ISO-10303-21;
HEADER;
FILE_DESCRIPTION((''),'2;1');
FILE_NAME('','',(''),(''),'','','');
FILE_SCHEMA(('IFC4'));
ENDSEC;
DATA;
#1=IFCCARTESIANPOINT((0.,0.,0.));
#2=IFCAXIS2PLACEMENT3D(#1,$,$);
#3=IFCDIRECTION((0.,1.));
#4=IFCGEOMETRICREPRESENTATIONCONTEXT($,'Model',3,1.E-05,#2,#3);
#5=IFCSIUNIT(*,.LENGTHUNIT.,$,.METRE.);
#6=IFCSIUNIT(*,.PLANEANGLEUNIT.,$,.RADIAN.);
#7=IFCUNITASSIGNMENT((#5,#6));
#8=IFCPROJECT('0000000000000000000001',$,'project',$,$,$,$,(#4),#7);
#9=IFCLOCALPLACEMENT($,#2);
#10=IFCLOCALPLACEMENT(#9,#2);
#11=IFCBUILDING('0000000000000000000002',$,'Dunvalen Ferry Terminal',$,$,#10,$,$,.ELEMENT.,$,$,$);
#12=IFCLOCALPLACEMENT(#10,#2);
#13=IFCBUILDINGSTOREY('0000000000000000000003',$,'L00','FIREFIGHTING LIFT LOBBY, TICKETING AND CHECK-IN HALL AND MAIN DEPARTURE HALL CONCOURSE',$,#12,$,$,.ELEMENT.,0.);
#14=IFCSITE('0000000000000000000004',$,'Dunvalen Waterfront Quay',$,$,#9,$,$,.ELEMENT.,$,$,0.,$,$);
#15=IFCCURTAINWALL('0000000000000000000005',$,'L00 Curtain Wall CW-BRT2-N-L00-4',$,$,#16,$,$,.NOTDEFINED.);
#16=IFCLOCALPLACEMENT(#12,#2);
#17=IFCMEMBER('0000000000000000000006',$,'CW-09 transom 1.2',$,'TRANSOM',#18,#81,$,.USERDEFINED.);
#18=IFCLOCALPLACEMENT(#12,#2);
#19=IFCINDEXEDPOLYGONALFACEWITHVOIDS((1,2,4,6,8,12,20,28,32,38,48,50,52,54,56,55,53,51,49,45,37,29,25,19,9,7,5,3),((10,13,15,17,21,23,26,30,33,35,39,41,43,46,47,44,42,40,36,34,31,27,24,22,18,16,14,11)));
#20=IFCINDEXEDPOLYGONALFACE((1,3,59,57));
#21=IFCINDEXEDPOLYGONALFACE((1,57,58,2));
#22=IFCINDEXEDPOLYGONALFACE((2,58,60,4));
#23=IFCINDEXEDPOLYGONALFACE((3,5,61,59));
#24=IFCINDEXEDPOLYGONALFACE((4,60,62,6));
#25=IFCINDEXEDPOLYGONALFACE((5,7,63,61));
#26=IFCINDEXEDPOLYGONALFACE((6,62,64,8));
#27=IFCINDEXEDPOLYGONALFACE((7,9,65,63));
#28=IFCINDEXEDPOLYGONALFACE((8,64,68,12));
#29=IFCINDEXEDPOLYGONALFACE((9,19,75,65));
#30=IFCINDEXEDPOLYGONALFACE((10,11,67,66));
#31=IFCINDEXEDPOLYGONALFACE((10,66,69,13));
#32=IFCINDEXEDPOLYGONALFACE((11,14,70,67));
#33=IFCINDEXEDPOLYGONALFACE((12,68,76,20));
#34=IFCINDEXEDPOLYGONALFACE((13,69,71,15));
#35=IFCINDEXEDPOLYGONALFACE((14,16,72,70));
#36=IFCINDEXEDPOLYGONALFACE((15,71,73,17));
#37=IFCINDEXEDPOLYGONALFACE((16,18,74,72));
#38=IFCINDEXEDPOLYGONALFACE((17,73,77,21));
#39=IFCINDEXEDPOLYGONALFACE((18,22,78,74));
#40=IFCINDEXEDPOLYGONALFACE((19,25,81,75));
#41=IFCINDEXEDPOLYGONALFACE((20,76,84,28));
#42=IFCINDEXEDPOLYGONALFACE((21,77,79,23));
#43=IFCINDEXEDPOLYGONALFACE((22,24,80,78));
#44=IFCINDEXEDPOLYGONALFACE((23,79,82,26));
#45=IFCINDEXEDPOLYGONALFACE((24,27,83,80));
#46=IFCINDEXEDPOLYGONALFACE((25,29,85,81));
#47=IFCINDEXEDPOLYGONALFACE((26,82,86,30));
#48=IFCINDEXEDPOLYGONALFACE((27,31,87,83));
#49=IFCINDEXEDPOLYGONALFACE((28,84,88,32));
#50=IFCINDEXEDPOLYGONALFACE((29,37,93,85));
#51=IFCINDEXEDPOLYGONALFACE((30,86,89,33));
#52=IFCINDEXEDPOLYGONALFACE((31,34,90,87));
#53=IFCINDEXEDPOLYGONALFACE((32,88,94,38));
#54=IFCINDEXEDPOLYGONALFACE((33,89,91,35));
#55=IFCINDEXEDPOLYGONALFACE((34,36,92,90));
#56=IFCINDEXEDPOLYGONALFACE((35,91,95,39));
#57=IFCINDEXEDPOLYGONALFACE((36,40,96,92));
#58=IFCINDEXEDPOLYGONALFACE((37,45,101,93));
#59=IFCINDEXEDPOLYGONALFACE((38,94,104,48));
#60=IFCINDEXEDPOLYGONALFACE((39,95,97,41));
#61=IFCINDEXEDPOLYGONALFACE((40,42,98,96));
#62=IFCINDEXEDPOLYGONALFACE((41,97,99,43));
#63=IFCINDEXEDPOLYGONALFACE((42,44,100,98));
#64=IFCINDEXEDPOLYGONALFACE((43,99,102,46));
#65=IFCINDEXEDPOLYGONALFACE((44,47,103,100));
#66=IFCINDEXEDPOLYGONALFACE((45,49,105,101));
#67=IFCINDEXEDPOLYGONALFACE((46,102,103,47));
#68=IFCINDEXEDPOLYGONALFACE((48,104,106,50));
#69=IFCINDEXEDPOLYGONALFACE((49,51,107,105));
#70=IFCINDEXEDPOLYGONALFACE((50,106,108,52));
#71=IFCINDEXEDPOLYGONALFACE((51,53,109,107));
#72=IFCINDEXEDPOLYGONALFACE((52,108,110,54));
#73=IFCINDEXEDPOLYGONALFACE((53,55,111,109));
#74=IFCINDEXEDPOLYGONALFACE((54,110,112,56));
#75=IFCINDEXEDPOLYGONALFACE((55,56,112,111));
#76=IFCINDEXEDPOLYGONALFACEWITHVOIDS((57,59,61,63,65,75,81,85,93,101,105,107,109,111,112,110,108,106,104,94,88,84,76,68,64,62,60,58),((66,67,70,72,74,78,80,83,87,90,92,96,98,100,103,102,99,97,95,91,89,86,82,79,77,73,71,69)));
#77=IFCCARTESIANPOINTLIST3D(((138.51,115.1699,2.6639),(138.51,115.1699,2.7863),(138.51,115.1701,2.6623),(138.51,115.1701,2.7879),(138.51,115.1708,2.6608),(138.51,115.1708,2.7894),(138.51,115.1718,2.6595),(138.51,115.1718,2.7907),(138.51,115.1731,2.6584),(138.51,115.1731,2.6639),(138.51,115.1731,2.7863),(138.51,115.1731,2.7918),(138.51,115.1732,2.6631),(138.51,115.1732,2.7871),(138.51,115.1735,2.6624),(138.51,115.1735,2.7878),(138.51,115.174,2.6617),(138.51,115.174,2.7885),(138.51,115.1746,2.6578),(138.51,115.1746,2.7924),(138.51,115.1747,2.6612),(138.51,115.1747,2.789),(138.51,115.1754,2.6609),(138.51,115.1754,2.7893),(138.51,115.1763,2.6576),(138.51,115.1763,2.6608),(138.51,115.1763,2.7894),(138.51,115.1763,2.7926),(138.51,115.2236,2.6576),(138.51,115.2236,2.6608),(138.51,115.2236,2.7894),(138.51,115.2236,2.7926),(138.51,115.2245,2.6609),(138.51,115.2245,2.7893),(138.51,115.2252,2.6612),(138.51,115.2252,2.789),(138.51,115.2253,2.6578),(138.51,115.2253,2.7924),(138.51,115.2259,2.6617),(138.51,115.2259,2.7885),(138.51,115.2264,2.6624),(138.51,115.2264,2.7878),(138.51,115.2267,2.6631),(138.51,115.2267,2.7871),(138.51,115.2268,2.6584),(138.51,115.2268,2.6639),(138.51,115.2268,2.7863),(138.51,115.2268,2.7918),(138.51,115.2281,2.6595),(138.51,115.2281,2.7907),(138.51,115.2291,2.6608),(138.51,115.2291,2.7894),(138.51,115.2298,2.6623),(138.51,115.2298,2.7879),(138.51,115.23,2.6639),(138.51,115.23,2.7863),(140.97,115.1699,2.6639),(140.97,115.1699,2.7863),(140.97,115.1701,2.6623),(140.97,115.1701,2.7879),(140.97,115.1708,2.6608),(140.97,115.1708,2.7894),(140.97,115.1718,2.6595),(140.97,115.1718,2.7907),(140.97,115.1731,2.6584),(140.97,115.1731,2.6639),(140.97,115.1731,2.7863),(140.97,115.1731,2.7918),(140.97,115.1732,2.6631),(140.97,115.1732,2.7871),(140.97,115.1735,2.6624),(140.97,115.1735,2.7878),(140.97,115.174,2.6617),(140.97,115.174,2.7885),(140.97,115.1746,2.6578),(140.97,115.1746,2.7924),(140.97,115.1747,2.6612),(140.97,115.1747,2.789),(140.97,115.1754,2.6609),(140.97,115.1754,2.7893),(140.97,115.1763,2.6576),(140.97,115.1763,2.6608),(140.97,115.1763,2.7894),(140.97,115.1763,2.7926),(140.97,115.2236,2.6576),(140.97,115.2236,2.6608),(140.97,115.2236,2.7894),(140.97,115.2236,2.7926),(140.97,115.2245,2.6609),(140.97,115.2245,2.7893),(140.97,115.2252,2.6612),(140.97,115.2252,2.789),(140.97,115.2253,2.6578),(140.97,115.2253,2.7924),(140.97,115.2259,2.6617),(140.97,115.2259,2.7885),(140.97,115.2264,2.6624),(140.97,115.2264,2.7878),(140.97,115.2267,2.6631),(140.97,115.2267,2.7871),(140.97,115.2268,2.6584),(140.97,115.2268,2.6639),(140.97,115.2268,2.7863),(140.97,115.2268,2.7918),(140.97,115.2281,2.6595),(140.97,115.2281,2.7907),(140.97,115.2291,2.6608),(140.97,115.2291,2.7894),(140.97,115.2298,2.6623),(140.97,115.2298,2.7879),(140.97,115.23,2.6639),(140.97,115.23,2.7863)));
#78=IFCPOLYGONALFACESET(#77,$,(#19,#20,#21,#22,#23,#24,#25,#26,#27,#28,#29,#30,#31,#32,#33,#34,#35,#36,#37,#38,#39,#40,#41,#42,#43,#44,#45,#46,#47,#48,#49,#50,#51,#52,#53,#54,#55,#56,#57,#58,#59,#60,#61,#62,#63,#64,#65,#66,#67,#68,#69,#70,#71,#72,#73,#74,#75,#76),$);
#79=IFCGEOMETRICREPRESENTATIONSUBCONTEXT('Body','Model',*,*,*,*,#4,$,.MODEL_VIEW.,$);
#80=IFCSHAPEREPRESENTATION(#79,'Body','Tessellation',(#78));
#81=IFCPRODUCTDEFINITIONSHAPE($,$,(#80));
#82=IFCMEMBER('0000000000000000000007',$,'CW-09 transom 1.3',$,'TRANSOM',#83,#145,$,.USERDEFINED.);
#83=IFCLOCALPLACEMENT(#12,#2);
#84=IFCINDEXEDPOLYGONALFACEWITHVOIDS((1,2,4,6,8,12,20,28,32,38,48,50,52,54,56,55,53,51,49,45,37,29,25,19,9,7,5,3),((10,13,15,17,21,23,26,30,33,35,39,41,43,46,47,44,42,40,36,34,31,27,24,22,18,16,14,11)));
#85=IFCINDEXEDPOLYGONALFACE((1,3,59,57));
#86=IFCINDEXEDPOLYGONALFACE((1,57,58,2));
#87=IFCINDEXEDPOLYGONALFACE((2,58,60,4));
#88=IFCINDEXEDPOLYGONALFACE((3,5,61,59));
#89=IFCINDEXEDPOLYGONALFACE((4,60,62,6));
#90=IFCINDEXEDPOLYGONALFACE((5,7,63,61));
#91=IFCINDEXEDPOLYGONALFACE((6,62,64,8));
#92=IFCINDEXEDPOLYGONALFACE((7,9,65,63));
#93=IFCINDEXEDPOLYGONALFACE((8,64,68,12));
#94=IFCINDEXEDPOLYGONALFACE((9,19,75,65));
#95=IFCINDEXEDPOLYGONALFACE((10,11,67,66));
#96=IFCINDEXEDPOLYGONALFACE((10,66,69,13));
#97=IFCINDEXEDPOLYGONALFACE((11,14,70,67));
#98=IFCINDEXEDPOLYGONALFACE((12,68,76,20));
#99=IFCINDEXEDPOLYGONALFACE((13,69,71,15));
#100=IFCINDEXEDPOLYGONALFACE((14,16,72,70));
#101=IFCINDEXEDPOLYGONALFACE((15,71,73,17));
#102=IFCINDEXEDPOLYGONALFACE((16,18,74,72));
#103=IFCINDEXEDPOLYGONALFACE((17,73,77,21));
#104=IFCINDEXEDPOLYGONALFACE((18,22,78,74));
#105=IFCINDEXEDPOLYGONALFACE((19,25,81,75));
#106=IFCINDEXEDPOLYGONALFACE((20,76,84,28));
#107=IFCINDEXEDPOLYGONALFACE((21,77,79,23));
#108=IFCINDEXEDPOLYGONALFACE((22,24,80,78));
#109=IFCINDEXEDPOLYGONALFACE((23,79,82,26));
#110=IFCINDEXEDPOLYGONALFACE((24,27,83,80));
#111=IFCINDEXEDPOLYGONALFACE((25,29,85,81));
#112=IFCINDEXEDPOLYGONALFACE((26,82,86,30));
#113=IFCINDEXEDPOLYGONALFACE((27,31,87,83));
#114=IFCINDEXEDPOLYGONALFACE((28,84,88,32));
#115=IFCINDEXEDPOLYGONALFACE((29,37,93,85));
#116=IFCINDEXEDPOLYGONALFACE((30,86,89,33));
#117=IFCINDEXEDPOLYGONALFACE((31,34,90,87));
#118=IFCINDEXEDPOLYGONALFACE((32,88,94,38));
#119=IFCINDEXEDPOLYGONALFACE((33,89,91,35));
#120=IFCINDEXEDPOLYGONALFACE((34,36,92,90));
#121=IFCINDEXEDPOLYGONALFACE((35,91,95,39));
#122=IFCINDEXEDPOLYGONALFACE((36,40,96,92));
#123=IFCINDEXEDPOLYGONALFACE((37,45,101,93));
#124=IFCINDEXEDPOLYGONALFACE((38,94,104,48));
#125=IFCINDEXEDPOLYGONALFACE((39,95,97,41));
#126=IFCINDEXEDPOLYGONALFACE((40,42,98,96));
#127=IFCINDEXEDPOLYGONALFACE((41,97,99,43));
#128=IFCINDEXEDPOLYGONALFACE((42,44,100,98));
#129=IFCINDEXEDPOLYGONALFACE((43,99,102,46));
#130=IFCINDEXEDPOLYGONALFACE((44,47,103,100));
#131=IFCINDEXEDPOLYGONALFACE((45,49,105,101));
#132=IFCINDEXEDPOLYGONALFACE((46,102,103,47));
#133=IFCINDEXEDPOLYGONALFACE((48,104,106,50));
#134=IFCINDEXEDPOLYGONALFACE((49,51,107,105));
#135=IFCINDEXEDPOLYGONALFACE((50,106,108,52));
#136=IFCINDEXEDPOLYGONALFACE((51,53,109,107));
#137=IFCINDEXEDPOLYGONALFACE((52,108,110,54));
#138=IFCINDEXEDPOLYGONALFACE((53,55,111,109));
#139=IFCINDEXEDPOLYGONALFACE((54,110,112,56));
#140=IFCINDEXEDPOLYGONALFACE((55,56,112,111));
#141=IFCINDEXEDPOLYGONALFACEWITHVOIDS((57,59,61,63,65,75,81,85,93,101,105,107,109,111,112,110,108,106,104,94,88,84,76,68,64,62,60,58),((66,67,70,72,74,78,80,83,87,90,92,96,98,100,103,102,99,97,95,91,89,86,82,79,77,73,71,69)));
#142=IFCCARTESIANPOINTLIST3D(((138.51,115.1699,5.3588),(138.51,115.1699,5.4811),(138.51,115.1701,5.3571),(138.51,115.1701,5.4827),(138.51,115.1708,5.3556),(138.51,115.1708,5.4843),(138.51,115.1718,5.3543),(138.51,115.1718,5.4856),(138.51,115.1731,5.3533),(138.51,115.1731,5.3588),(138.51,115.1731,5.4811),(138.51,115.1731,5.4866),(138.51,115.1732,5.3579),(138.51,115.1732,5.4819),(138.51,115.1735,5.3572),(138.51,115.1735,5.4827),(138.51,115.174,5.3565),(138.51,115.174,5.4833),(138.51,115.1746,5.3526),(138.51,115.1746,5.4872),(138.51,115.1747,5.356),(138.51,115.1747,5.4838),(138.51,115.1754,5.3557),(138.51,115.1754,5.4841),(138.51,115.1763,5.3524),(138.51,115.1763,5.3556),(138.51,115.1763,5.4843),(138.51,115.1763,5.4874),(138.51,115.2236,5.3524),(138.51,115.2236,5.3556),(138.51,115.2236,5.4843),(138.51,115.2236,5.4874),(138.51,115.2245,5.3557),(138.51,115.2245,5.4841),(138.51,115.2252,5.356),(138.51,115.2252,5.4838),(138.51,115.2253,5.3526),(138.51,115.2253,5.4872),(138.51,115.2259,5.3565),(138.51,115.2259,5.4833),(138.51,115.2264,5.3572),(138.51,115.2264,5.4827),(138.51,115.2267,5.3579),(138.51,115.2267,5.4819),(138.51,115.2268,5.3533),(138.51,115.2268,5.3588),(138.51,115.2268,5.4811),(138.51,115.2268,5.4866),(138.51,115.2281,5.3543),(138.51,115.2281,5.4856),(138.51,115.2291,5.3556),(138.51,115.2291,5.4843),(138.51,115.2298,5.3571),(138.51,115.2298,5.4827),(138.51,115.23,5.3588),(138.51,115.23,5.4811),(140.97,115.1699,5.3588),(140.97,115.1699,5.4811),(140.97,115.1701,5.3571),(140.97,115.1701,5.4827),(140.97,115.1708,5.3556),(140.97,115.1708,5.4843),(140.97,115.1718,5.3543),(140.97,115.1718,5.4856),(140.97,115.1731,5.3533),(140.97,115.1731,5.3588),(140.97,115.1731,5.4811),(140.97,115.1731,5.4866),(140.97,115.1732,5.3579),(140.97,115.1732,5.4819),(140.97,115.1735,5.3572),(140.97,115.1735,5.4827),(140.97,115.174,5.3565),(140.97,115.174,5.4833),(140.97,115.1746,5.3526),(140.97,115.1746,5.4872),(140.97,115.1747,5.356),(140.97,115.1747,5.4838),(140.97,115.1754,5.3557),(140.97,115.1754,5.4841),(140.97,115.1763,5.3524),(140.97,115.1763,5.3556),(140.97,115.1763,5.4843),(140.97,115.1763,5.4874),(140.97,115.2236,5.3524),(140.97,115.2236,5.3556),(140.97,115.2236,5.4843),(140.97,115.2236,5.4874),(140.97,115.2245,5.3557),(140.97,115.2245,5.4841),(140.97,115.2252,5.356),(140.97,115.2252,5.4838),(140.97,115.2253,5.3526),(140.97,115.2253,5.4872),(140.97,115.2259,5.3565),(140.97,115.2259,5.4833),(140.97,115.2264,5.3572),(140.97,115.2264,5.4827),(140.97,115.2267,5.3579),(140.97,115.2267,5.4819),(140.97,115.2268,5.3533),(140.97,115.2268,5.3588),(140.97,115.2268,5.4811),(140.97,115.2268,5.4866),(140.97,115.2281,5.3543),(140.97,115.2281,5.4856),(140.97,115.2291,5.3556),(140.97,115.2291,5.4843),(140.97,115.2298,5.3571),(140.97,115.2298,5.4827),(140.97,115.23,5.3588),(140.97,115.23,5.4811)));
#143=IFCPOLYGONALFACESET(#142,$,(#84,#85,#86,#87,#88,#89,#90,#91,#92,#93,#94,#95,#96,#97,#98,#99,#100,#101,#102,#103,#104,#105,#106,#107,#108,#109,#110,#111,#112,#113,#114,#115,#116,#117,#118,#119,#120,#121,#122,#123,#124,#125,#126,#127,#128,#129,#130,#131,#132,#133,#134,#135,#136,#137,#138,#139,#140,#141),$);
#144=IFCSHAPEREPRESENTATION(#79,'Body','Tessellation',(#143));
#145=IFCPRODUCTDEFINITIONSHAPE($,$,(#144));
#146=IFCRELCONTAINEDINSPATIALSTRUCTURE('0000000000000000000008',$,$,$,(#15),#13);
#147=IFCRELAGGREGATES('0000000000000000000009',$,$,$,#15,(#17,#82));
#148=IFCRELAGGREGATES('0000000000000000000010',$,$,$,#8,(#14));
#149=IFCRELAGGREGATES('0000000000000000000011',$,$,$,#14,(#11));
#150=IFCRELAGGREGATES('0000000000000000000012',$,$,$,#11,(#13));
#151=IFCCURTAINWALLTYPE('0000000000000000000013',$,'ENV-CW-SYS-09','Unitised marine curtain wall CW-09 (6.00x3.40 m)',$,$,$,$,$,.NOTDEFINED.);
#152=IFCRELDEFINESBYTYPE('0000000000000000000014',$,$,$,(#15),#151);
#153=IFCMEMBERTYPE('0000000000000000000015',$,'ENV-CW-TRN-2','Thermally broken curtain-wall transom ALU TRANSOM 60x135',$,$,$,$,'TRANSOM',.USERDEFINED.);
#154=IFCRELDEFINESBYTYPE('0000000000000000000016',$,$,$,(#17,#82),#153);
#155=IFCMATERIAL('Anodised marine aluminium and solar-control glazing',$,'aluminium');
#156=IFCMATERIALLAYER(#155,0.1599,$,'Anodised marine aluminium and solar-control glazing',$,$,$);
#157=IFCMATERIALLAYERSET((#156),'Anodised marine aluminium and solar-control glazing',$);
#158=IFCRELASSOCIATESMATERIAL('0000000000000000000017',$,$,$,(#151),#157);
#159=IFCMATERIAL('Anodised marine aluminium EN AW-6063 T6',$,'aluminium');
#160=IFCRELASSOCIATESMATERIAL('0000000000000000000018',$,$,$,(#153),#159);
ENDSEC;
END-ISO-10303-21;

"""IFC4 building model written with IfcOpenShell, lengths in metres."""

from ifc_helpers import new_model, si_unit, direction, frame, origin, origin_2d, place, context, subcontext, project, spatial, hollow_rectangle, extrude, material, layer, layer_set, material_profile, profile_set, type_object, element, aggregate, save


model = new_model("IFC4")

# Units and contexts
model_context = context("Model", 3, precision=1e-05, world=origin(), true_north=direction((0.0, 1.0)))
body_context = subcontext(model_context, "Body", "Model", "MODEL_VIEW")
ifc_project = project(units=[si_unit("LENGTHUNIT", "METRE"), si_unit("PLANEANGLEUNIT", "RADIAN")], contexts=[model_context])

# Site, building, storey
site_placement = place(None, origin())
site = spatial("IfcSite", under=ifc_project, at=site_placement, Name="Dunvalen Waterfront Quay", CompositionType="ELEMENT", RefElevation=0.0)
building_placement = place(site_placement, origin())
building = spatial("IfcBuilding", under=site, at=building_placement, Name="Dunvalen Ferry Terminal", CompositionType="ELEMENT")
storey_placement = place(building_placement, origin())
storey = spatial("IfcBuildingStorey", under=building, at=storey_placement, Name="L00", Description="FIREFIGHTING LIFT LOBBY, TICKETING AND CHECK-IN HALL AND MAIN DEPARTURE HALL CONCOURSE", CompositionType="ELEMENT", Elevation=0.0)

# Curtain wall, members
ifc_material_1 = material(Name="Anodised marine aluminium and solar-control glazing", Category="aluminium")
ifc_layer_1 = layer(ifc_material_1, 0.1599, Name="Anodised marine aluminium and solar-control glazing")
ifc_layer_set_1 = layer_set([ifc_layer_1], Name="Anodised marine aluminium and solar-control glazing")
curtain_wall_type = type_object("IfcCurtainWallType", Name="ENV-CW-SYS-09", Description="Unitised marine curtain wall CW-09 (6.00x3.40 m)", PredefinedType="NOTDEFINED", material=ifc_layer_set_1)
curtain_wall_placement = place(storey_placement, origin())
curtain_wall = element("IfcCurtainWall", 1, at=curtain_wall_placement, inside=storey, type_object=curtain_wall_type, Name="L00 Curtain Wall CW-BRT2-N-L00-4", PredefinedType="NOTDEFINED")
ifc_material_2 = material(Name="Anodised marine aluminium EN AW-6063 T6", Category="aluminium")
ifc_material_profile_1 = material_profile(ifc_material_2, hollow_rectangle(XDim=0.0601, YDim=0.135, WallThickness=0.0032, InnerFilletRadius=0.0032, OuterFilletRadius=0.0063, at=origin_2d()), Name="Anodised marine aluminium EN AW-6063 T6")
ifc_profile_set_1 = profile_set([ifc_material_profile_1], Name="Anodised marine aluminium EN AW-6063 T6")
member_type_1 = type_object("IfcMemberType", Name="ENV-CW-TRN-2", Description="Thermally broken curtain-wall transom ALU TRANSOM 60x135", ElementType="TRANSOM", PredefinedType="USERDEFINED", material=ifc_profile_set_1)
member_1_placement = place(storey_placement, frame((138.51, 115.2, 2.7251), z_axis=(1.0, 0.0, 0.0), x_axis=(0.0, 1.0, 0.0)))
member_1 = element("IfcMember", 2, at=member_1_placement, type_object=member_type_1, Name="CW-09 transom 1.2", ObjectType="TRANSOM", PredefinedType="USERDEFINED", context=body_context, shape_type="SweptSolid", body=[
    extrude(hollow_rectangle(XDim=0.0601, YDim=0.135, WallThickness=0.0032, InnerFilletRadius=0.0032, OuterFilletRadius=0.0063, at=origin_2d()), origin(), (0.0, 0.0, 1.0), 2.46),
])
member_2_placement = place(storey_placement, frame((138.51, 115.2, 5.4199), z_axis=(1.0, 0.0, 0.0), x_axis=(0.0, 1.0, 0.0)))
member_2 = element("IfcMember", 3, at=member_2_placement, type_object=member_type_1, Name="CW-09 transom 1.3", ObjectType="TRANSOM", PredefinedType="USERDEFINED", context=body_context, shape_type="SweptSolid", body=[
    extrude(hollow_rectangle(XDim=0.0601, YDim=0.135, WallThickness=0.0032, InnerFilletRadius=0.0032, OuterFilletRadius=0.0063, at=origin_2d()), origin(), (0.0, 0.0, 1.0), 2.46),
])
aggregate(curtain_wall, [member_1, member_2])

save(model, "model.ifc")
